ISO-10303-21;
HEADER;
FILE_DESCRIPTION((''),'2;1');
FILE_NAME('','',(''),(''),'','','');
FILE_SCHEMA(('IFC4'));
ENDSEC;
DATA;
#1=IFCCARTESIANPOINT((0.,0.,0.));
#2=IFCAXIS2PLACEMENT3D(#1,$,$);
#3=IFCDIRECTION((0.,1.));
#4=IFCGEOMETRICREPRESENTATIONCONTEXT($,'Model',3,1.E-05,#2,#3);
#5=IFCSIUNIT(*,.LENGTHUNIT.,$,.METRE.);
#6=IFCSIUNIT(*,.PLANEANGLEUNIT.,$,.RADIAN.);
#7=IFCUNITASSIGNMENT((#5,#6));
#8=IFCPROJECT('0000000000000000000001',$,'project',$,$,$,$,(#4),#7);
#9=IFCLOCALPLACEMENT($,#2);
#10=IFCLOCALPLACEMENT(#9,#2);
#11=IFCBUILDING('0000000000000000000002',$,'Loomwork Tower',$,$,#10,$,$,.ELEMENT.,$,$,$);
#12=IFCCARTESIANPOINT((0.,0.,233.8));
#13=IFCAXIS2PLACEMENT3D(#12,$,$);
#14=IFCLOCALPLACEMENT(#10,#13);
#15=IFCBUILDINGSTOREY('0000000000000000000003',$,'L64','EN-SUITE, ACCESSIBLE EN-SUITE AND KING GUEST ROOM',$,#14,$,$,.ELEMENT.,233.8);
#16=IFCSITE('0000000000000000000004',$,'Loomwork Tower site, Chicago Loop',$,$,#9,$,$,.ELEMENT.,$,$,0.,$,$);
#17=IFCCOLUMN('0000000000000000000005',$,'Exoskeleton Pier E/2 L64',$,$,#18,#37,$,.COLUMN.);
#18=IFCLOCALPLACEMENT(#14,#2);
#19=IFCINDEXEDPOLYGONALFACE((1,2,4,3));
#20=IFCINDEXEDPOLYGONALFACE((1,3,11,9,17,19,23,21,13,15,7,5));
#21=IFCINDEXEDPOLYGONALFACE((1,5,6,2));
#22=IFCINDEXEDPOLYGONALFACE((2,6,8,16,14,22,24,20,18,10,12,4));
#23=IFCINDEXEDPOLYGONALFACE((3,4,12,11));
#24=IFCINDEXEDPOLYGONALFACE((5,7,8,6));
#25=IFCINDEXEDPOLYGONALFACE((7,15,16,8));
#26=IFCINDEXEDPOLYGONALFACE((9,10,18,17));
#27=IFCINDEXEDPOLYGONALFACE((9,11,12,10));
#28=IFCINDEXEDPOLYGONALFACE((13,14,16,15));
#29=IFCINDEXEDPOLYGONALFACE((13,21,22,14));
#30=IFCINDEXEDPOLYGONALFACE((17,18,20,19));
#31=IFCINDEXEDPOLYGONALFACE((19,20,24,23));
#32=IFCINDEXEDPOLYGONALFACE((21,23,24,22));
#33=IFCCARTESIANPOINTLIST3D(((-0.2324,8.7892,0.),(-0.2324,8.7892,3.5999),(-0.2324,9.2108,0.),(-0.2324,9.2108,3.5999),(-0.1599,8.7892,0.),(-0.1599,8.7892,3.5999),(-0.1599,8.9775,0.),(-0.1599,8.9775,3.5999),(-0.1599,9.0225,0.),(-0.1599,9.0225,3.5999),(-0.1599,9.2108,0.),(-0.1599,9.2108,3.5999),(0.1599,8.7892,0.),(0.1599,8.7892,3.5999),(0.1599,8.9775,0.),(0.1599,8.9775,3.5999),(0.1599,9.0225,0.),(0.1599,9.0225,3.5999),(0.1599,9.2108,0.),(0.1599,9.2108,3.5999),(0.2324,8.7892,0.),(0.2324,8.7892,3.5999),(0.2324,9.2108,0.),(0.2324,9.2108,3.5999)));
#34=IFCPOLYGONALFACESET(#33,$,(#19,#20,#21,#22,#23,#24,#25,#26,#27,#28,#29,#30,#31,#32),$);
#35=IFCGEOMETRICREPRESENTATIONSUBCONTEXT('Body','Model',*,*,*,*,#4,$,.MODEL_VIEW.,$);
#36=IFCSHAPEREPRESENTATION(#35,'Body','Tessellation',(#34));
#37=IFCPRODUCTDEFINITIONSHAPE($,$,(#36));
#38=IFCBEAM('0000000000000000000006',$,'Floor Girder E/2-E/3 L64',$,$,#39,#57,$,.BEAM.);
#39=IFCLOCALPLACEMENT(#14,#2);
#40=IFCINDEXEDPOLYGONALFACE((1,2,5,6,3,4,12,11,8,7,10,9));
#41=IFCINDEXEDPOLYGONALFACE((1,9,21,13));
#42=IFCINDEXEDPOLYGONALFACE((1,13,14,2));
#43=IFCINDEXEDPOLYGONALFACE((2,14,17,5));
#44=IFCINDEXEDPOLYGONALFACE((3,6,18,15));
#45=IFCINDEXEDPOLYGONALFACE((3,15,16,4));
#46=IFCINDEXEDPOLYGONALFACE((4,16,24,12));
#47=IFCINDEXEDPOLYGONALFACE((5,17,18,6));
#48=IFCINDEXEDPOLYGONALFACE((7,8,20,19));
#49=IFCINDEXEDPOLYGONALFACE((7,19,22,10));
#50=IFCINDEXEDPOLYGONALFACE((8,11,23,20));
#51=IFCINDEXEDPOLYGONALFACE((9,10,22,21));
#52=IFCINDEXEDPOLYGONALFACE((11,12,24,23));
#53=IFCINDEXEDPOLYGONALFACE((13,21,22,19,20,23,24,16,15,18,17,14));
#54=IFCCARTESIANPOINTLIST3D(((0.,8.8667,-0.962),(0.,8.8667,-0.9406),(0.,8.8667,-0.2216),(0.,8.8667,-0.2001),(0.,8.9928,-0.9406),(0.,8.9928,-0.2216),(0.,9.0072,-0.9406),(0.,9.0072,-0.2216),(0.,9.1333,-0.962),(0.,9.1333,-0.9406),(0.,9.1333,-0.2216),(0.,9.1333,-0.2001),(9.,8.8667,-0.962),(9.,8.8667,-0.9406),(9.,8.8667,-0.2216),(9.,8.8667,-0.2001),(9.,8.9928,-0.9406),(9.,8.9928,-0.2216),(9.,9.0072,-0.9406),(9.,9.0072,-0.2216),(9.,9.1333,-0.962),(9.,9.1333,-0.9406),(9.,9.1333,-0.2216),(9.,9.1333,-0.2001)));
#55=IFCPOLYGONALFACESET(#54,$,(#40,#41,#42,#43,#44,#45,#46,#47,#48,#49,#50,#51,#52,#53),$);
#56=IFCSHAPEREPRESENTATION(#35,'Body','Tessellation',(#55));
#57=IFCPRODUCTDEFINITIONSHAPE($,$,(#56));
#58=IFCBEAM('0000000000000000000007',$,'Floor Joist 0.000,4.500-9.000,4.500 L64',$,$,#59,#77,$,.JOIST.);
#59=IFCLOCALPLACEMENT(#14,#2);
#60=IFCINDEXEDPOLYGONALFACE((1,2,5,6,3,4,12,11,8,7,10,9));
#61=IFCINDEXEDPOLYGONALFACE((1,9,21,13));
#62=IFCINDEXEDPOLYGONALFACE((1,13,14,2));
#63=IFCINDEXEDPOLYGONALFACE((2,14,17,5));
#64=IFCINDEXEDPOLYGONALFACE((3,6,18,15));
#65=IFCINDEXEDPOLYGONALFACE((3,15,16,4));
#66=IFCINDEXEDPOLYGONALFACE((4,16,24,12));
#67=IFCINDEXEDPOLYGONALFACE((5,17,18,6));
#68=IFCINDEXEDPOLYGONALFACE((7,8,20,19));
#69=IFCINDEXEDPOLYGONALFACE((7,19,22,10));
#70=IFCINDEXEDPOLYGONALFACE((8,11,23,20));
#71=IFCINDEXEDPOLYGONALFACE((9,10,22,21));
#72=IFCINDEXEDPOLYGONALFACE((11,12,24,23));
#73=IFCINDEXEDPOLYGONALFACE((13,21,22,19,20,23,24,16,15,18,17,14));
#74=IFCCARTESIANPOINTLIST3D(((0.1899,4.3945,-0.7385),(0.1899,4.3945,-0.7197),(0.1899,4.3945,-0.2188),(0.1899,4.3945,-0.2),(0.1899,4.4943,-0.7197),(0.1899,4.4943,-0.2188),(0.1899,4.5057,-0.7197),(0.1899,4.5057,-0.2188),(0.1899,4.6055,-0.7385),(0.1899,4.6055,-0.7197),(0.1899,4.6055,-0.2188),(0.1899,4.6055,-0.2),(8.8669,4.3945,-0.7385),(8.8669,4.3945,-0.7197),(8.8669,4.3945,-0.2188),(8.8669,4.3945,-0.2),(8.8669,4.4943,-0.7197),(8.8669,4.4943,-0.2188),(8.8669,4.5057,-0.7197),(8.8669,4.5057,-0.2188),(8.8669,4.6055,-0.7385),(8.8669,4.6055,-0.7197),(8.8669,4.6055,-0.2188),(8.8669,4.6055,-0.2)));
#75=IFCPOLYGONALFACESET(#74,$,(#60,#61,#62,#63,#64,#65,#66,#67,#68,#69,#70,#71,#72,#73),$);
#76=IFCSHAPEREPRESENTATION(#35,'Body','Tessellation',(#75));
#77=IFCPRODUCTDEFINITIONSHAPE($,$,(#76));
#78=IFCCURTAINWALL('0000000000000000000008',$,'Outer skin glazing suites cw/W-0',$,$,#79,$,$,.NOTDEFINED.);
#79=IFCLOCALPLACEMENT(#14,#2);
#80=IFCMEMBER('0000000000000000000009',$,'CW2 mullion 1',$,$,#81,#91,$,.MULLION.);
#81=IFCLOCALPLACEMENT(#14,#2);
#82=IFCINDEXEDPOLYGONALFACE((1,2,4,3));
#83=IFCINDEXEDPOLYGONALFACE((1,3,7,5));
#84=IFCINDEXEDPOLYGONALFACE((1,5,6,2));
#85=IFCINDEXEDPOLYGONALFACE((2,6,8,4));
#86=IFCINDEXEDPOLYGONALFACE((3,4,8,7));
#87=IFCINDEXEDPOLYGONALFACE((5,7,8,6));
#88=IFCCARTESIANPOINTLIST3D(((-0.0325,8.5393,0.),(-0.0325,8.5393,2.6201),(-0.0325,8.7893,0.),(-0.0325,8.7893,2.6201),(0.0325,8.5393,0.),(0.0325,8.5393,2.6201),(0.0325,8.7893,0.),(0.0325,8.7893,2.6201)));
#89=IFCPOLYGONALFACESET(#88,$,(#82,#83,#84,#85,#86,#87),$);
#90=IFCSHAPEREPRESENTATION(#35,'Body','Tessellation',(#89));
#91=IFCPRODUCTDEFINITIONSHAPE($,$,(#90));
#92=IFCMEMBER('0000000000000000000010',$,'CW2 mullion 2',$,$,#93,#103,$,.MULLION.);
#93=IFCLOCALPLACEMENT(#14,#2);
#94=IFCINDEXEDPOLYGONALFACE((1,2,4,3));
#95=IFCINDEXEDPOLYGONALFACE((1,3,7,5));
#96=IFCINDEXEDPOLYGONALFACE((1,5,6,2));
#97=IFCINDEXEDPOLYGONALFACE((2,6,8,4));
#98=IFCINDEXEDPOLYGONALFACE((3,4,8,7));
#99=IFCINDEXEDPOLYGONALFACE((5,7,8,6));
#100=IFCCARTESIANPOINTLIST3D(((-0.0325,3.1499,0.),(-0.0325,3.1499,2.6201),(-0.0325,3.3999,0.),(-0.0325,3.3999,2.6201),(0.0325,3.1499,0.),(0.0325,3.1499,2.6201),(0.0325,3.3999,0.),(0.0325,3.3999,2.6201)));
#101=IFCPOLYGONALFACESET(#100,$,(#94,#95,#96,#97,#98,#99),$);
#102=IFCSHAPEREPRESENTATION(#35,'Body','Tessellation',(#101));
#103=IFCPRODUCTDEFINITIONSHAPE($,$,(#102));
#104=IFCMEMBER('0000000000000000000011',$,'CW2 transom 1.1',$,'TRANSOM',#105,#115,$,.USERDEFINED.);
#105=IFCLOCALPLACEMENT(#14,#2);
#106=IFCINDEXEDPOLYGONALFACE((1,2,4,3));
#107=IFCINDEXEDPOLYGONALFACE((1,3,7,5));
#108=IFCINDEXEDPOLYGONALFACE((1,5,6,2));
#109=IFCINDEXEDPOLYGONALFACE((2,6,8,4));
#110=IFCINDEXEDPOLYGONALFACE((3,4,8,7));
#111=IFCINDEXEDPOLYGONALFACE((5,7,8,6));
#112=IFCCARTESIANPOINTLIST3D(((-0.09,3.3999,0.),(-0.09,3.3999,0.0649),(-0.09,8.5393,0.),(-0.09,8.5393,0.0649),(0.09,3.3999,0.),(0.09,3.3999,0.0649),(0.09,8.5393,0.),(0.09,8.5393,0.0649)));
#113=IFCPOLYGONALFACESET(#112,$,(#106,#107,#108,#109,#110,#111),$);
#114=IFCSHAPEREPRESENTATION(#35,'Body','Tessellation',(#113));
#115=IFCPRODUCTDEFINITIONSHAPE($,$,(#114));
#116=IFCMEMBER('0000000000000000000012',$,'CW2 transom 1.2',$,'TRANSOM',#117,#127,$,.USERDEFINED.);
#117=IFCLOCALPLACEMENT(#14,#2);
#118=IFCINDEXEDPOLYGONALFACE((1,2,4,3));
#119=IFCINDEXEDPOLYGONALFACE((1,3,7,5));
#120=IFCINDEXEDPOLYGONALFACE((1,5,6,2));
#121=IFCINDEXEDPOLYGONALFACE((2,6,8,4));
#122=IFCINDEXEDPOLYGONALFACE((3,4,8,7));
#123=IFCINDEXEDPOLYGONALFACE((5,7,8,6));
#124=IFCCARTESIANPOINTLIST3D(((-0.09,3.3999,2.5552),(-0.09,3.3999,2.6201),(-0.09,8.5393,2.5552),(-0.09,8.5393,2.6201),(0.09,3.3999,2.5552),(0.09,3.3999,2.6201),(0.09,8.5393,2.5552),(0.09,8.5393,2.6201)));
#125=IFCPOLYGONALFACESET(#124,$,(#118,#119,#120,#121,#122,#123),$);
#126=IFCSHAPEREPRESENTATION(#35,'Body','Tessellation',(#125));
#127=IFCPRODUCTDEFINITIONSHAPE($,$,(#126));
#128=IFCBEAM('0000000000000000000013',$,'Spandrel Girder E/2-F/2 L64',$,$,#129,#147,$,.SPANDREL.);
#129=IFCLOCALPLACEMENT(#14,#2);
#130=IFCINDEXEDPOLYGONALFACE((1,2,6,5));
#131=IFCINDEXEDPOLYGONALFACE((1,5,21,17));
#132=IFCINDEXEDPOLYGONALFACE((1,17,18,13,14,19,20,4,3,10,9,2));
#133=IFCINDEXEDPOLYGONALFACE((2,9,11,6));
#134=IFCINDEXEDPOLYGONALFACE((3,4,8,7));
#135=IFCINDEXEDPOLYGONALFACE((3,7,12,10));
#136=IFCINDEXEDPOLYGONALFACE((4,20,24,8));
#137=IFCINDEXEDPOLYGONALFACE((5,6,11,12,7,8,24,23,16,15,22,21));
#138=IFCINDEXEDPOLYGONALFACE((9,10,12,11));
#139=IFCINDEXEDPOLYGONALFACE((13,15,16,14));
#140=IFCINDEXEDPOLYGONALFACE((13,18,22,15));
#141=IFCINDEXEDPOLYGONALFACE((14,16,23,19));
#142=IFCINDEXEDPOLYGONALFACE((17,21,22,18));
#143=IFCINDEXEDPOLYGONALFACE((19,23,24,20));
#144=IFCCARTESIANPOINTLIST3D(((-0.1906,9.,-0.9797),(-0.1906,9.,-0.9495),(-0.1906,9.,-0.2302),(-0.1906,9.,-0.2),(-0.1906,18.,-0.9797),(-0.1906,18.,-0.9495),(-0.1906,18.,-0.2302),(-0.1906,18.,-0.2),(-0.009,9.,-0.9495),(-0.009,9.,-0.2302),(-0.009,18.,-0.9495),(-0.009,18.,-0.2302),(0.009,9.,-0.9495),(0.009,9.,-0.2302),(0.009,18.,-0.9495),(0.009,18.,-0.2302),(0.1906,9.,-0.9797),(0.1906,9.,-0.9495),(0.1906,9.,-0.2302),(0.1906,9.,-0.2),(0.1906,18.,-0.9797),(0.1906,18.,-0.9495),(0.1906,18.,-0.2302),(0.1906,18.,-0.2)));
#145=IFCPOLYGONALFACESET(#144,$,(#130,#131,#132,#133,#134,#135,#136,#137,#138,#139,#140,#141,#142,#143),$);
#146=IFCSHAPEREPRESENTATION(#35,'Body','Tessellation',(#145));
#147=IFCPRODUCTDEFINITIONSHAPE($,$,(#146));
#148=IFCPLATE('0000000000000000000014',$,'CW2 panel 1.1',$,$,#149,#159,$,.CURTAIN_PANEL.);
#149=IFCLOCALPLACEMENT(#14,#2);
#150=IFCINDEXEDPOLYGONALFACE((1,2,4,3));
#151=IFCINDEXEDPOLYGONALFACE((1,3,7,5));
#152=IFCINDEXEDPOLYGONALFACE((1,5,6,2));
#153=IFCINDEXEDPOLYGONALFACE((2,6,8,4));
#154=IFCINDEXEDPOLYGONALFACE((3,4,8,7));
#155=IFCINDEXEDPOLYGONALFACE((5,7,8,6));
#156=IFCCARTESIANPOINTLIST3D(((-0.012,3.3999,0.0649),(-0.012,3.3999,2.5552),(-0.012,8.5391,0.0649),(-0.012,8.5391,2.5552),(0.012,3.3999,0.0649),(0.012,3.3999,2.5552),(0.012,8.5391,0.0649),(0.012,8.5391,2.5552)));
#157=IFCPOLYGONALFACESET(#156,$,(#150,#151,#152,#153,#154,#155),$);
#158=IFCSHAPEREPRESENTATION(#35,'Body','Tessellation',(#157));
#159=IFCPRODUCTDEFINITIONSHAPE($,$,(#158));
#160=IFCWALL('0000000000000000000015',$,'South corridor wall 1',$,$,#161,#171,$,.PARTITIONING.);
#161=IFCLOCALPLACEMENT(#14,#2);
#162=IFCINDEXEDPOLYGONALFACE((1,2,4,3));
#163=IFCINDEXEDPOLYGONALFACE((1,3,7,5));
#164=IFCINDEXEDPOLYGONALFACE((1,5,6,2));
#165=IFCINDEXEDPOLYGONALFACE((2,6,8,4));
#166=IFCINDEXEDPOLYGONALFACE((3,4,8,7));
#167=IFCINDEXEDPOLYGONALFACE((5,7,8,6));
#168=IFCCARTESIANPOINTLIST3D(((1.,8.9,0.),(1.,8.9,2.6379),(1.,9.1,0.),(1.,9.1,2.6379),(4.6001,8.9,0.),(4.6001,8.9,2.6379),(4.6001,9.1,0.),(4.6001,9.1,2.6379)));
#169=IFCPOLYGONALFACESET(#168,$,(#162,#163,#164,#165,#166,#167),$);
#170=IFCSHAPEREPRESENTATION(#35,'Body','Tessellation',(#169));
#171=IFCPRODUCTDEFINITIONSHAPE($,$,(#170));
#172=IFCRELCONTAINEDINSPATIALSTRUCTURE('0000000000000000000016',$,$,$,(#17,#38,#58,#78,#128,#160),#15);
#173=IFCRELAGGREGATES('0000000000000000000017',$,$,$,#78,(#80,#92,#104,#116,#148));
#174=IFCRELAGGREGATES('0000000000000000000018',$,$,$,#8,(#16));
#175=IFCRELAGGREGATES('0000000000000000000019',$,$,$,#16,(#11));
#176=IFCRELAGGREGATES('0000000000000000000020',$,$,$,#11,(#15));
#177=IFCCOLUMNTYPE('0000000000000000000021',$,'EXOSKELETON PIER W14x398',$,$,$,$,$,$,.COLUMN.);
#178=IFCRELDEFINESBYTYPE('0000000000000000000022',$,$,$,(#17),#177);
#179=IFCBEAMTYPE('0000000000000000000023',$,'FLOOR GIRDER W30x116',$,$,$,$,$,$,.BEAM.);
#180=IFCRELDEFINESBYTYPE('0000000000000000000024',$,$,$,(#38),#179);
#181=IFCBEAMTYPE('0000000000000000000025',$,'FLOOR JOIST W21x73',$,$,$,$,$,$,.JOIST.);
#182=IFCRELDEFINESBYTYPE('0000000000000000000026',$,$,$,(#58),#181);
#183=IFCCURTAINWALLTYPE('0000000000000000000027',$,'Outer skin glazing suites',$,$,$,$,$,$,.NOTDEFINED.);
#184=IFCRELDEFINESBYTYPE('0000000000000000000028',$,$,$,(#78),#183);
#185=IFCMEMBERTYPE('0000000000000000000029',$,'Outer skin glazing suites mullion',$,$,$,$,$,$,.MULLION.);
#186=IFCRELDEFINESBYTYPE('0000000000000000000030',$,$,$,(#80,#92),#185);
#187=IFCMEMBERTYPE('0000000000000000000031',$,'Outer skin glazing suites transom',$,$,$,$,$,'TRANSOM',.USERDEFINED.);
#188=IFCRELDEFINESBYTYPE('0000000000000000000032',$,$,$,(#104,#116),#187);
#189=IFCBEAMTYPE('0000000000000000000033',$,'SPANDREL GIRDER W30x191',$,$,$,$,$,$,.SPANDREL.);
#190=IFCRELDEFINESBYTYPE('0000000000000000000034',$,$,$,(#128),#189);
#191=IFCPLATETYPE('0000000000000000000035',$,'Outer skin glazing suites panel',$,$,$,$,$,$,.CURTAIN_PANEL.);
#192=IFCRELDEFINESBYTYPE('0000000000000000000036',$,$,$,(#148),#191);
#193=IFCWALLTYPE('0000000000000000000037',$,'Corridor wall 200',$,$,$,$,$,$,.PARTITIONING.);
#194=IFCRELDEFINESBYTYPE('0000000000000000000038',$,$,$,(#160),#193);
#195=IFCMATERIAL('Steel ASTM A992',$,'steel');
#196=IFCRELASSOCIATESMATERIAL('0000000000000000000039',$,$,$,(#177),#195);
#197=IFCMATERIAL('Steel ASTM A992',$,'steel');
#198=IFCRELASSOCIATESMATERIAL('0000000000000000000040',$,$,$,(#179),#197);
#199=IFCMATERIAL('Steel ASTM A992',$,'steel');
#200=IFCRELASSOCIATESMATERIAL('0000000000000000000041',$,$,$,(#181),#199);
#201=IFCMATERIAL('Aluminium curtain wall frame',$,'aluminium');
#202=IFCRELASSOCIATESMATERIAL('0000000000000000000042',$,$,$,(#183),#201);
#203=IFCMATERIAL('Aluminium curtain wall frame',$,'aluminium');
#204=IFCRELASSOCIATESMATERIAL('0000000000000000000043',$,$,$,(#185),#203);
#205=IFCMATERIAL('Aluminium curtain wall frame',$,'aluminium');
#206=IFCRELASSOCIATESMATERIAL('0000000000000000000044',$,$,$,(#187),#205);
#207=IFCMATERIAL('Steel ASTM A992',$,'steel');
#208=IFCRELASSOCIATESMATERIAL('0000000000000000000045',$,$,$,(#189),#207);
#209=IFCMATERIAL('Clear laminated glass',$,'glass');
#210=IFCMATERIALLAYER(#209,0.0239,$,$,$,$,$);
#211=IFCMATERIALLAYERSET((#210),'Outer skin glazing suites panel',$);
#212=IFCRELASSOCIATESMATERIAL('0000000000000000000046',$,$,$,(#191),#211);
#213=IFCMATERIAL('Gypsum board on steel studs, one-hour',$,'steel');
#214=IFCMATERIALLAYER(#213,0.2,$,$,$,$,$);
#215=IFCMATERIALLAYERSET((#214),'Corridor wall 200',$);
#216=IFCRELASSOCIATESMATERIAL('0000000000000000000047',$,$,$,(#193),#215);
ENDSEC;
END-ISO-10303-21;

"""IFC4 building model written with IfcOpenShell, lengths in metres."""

from ifc_helpers import new_model, si_unit, direction, frame, frame_2d, origin, origin_2d, place, context, subcontext, project, spatial, rectangle, i_section, extrude, material, layer, layer_set, material_profile, profile_set, type_object, element, aggregate, save


model = new_model("IFC4")

# Units and contexts
model_context = context("Model", 3, precision=1e-05, world=origin(), true_north=direction((0.0, 1.0)))
body_context = subcontext(model_context, "Body", "Model", "MODEL_VIEW")
ifc_project = project(units=[si_unit("LENGTHUNIT", "METRE"), si_unit("PLANEANGLEUNIT", "RADIAN")], contexts=[model_context])

# Site, building, storey
site_placement = place(None, origin())
site = spatial("IfcSite", under=ifc_project, at=site_placement, Name="Loomwork Tower site, Chicago Loop", CompositionType="ELEMENT", RefElevation=0.0)
building_placement = place(site_placement, origin())
building = spatial("IfcBuilding", under=site, at=building_placement, Name="Loomwork Tower", CompositionType="ELEMENT")
storey_placement = place(building_placement, frame((0.0, 0.0, 233.8)))
storey = spatial("IfcBuildingStorey", under=building, at=storey_placement, Name="L64", Description="EN-SUITE, ACCESSIBLE EN-SUITE AND KING GUEST ROOM", CompositionType="ELEMENT", Elevation=233.8)

# Column
ifc_material_1 = material(Name="Steel ASTM A992", Category="steel")
ifc_material_profile_1 = material_profile(ifc_material_1, i_section(OverallWidth=0.4216, OverallDepth=0.4648, WebThickness=0.0449, FlangeThickness=0.0725, at=origin_2d()), Name="W14x398")
ifc_profile_set_1 = profile_set([ifc_material_profile_1], Name="Steel ASTM A992")
column_type = type_object("IfcColumnType", Name="EXOSKELETON PIER W14x398", PredefinedType="COLUMN", material=ifc_profile_set_1)
column_placement = place(storey_placement, frame((0.0, 9.0, 0.0), z_axis=(0.0, 0.0, 1.0), x_axis=(0.0, 1.0, 0.0)))
element("IfcColumn", 1, at=column_placement, inside=storey, type_object=column_type, Name="Exoskeleton Pier E/2 L64", PredefinedType="COLUMN", context=body_context, shape_type="SweptSolid", body=[
    extrude(i_section(OverallWidth=0.4216, OverallDepth=0.4648, WebThickness=0.0449, FlangeThickness=0.0725, at=origin_2d()), origin(), (0.0, 0.0, 1.0), 3.5999),
])

# Beams
ifc_material_2 = material(Name="Steel ASTM A992", Category="steel")
ifc_material_profile_2 = material_profile(ifc_material_2, i_section(OverallWidth=0.2666, OverallDepth=0.762, WebThickness=0.0144, FlangeThickness=0.0215, at=origin_2d()), Name="W30x116")
ifc_profile_set_2 = profile_set([ifc_material_profile_2], Name="Steel ASTM A992")
beam_type_1 = type_object("IfcBeamType", Name="FLOOR GIRDER W30x116", PredefinedType="BEAM", material=ifc_profile_set_2)
beam_1_placement = place(storey_placement, frame((0.0, 9.0, -0.5811), z_axis=(1.0, 0.0, 0.0), x_axis=(0.0, 1.0, 0.0)))
element("IfcBeam", 2, at=beam_1_placement, inside=storey, type_object=beam_type_1, Name="Floor Girder E/2-E/3 L64", PredefinedType="BEAM", context=body_context, shape_type="SweptSolid", body=[
    extrude(i_section(OverallWidth=0.2666, OverallDepth=0.762, WebThickness=0.0144, FlangeThickness=0.0215, at=origin_2d()), origin(), (0.0, 0.0, 1.0), 9.0),
])
ifc_material_3 = material(Name="Steel ASTM A992", Category="steel")
ifc_material_profile_3 = material_profile(ifc_material_3, i_section(OverallWidth=0.2109, OverallDepth=0.5386, WebThickness=0.0115, FlangeThickness=0.0188, at=origin_2d()), Name="W21x73")
ifc_profile_set_3 = profile_set([ifc_material_profile_3], Name="Steel ASTM A992")
beam_type_2 = type_object("IfcBeamType", Name="FLOOR JOIST W21x73", PredefinedType="JOIST", material=ifc_profile_set_3)
beam_2_placement = place(storey_placement, frame((0.1899, 4.5, -0.4692), z_axis=(1.0, 0.0, 0.0), x_axis=(0.0, 1.0, 0.0)))
element("IfcBeam", 3, at=beam_2_placement, inside=storey, type_object=beam_type_2, Name="Floor Joist 0.000,4.500-9.000,4.500 L64", PredefinedType="JOIST", context=body_context, shape_type="SweptSolid", body=[
    extrude(i_section(OverallWidth=0.2109, OverallDepth=0.5386, WebThickness=0.0115, FlangeThickness=0.0188, at=origin_2d()), origin(), (0.0, 0.0, 1.0), 8.677),
])

# Curtain wall, members
ifc_material_4 = material(Name="Aluminium curtain wall frame", Category="aluminium")
curtain_wall_type = type_object("IfcCurtainWallType", Name="Outer skin glazing suites", PredefinedType="NOTDEFINED", material=ifc_material_4)
curtain_wall_placement = place(storey_placement, origin())
curtain_wall = element("IfcCurtainWall", 4, at=curtain_wall_placement, inside=storey, type_object=curtain_wall_type, Name="Outer skin glazing suites cw/W-0", PredefinedType="NOTDEFINED")
ifc_material_5 = material(Name="Aluminium curtain wall frame", Category="aluminium")
ifc_material_profile_4 = material_profile(ifc_material_5, rectangle(XDim=0.0649, YDim=0.25, at=origin_2d()), Name="AL 65x250")
ifc_profile_set_4 = profile_set([ifc_material_profile_4], Name="Aluminium curtain wall frame")
member_type_1 = type_object("IfcMemberType", Name="Outer skin glazing suites mullion", PredefinedType="MULLION", material=ifc_profile_set_4)
member_1_placement = place(storey_placement, frame((0.0, 8.6643, 0.0), z_axis=(0.0, 0.0, 1.0), x_axis=(1.0, 0.0, 0.0)))
member_1 = element("IfcMember", 5, at=member_1_placement, type_object=member_type_1, Name="CW2 mullion 1", PredefinedType="MULLION", context=body_context, shape_type="SweptSolid", body=[
    extrude(rectangle(XDim=0.0649, YDim=0.25, at=origin_2d()), origin(), (0.0, 0.0, 1.0), 2.6201),
])
member_2_placement = place(storey_placement, frame((0.0, 3.2749, 0.0), z_axis=(0.0, 0.0, 1.0), x_axis=(1.0, 0.0, 0.0)))
member_2 = element("IfcMember", 6, at=member_2_placement, type_object=member_type_1, Name="CW2 mullion 2", PredefinedType="MULLION", context=body_context, shape_type="SweptSolid", body=[
    extrude(rectangle(XDim=0.0649, YDim=0.25, at=origin_2d()), origin(), (0.0, 0.0, 1.0), 2.6201),
])
ifc_material_6 = material(Name="Aluminium curtain wall frame", Category="aluminium")
ifc_material_profile_5 = material_profile(ifc_material_6, rectangle(XDim=0.1799, YDim=0.0649, at=origin_2d()), Name="AL 65x180")
ifc_profile_set_5 = profile_set([ifc_material_profile_5], Name="Aluminium curtain wall frame")
member_type_2 = type_object("IfcMemberType", Name="Outer skin glazing suites transom", ElementType="TRANSOM", PredefinedType="USERDEFINED", material=ifc_profile_set_5)
member_3_placement = place(storey_placement, frame((0.0, 8.5393, 0.0325), z_axis=(0.0, -1.0, 0.0), x_axis=(1.0, 0.0, 0.0)))
member_3 = element("IfcMember", 7, at=member_3_placement, type_object=member_type_2, Name="CW2 transom 1.1", ObjectType="TRANSOM", PredefinedType="USERDEFINED", context=body_context, shape_type="SweptSolid", body=[
    extrude(rectangle(XDim=0.1799, YDim=0.0649, at=origin_2d()), origin(), (0.0, 0.0, 1.0), 5.1394),
])
member_4_placement = place(storey_placement, frame((0.0, 8.5393, 2.5876), z_axis=(0.0, -1.0, 0.0), x_axis=(1.0, 0.0, 0.0)))
member_4 = element("IfcMember", 8, at=member_4_placement, type_object=member_type_2, Name="CW2 transom 1.2", ObjectType="TRANSOM", PredefinedType="USERDEFINED", context=body_context, shape_type="SweptSolid", body=[
    extrude(rectangle(XDim=0.1799, YDim=0.0649, at=origin_2d()), origin(), (0.0, 0.0, 1.0), 5.1394),
])

# Beam
ifc_material_7 = material(Name="Steel ASTM A992", Category="steel")
ifc_material_profile_6 = material_profile(ifc_material_7, i_section(OverallWidth=0.3811, OverallDepth=0.7798, WebThickness=0.0181, FlangeThickness=0.0303, at=origin_2d()), Name="W30x191")
ifc_profile_set_6 = profile_set([ifc_material_profile_6], Name="Steel ASTM A992")
beam_type_3 = type_object("IfcBeamType", Name="SPANDREL GIRDER W30x191", PredefinedType="SPANDREL", material=ifc_profile_set_6)
beam_3_placement = place(storey_placement, frame((0.0, 9.0, -0.5898), z_axis=(0.0, 1.0, 0.0), x_axis=(-1.0, 0.0, 0.0)))
element("IfcBeam", 9, at=beam_3_placement, inside=storey, type_object=beam_type_3, Name="Spandrel Girder E/2-F/2 L64", PredefinedType="SPANDREL", context=body_context, shape_type="SweptSolid", body=[
    extrude(i_section(OverallWidth=0.3811, OverallDepth=0.7798, WebThickness=0.0181, FlangeThickness=0.0303, at=origin_2d()), origin(), (0.0, 0.0, 1.0), 9.0),
])

# Plate
ifc_material_8 = material(Name="Clear laminated glass", Category="glass")
ifc_layer_1 = layer(ifc_material_8, 0.0239)
ifc_layer_set_1 = layer_set([ifc_layer_1], Name="Outer skin glazing suites panel")
plate_type = type_object("IfcPlateType", Name="Outer skin glazing suites panel", PredefinedType="CURTAIN_PANEL", material=ifc_layer_set_1)
plate_placement = place(storey_placement, frame((0.0, 5.9695, 0.0649), z_axis=(0.0, 0.0, 1.0), x_axis=(0.0, -1.0, 0.0)))
plate = element("IfcPlate", 10, at=plate_placement, type_object=plate_type, Name="CW2 panel 1.1", PredefinedType="CURTAIN_PANEL", context=body_context, shape_type="SweptSolid", body=[
    extrude(rectangle(XDim=5.1392, YDim=0.0239, at=origin_2d()), origin(), (0.0, 0.0, 1.0), 2.4902),
])
aggregate(curtain_wall, [member_1, member_2, member_3, member_4, plate])

# Wall
ifc_material_9 = material(Name="Gypsum board on steel studs, one-hour", Category="steel")
ifc_layer_2 = layer(ifc_material_9, 0.2)
ifc_layer_set_2 = layer_set([ifc_layer_2], Name="Corridor wall 200")
wall_type_1 = type_object("IfcWallType", Name="Corridor wall 200", PredefinedType="PARTITIONING", material=ifc_layer_set_2)
wall_1_placement = place(storey_placement, frame((1.0, 9.0, 0.0), z_axis=(0.0, 0.0, 1.0), x_axis=(1.0, 0.0, 0.0)))
element("IfcWall", 11, at=wall_1_placement, inside=storey, type_object=wall_type_1, Name="South corridor wall 1", PredefinedType="PARTITIONING", context=body_context, shape_type="SweptSolid", body=[
    extrude(rectangle(XDim=3.6001, YDim=0.2, at=frame_2d((1.8, 0.0))), origin(), (0.0, 0.0, 1.0), 2.6379),
])

save(model, "model.ifc")
